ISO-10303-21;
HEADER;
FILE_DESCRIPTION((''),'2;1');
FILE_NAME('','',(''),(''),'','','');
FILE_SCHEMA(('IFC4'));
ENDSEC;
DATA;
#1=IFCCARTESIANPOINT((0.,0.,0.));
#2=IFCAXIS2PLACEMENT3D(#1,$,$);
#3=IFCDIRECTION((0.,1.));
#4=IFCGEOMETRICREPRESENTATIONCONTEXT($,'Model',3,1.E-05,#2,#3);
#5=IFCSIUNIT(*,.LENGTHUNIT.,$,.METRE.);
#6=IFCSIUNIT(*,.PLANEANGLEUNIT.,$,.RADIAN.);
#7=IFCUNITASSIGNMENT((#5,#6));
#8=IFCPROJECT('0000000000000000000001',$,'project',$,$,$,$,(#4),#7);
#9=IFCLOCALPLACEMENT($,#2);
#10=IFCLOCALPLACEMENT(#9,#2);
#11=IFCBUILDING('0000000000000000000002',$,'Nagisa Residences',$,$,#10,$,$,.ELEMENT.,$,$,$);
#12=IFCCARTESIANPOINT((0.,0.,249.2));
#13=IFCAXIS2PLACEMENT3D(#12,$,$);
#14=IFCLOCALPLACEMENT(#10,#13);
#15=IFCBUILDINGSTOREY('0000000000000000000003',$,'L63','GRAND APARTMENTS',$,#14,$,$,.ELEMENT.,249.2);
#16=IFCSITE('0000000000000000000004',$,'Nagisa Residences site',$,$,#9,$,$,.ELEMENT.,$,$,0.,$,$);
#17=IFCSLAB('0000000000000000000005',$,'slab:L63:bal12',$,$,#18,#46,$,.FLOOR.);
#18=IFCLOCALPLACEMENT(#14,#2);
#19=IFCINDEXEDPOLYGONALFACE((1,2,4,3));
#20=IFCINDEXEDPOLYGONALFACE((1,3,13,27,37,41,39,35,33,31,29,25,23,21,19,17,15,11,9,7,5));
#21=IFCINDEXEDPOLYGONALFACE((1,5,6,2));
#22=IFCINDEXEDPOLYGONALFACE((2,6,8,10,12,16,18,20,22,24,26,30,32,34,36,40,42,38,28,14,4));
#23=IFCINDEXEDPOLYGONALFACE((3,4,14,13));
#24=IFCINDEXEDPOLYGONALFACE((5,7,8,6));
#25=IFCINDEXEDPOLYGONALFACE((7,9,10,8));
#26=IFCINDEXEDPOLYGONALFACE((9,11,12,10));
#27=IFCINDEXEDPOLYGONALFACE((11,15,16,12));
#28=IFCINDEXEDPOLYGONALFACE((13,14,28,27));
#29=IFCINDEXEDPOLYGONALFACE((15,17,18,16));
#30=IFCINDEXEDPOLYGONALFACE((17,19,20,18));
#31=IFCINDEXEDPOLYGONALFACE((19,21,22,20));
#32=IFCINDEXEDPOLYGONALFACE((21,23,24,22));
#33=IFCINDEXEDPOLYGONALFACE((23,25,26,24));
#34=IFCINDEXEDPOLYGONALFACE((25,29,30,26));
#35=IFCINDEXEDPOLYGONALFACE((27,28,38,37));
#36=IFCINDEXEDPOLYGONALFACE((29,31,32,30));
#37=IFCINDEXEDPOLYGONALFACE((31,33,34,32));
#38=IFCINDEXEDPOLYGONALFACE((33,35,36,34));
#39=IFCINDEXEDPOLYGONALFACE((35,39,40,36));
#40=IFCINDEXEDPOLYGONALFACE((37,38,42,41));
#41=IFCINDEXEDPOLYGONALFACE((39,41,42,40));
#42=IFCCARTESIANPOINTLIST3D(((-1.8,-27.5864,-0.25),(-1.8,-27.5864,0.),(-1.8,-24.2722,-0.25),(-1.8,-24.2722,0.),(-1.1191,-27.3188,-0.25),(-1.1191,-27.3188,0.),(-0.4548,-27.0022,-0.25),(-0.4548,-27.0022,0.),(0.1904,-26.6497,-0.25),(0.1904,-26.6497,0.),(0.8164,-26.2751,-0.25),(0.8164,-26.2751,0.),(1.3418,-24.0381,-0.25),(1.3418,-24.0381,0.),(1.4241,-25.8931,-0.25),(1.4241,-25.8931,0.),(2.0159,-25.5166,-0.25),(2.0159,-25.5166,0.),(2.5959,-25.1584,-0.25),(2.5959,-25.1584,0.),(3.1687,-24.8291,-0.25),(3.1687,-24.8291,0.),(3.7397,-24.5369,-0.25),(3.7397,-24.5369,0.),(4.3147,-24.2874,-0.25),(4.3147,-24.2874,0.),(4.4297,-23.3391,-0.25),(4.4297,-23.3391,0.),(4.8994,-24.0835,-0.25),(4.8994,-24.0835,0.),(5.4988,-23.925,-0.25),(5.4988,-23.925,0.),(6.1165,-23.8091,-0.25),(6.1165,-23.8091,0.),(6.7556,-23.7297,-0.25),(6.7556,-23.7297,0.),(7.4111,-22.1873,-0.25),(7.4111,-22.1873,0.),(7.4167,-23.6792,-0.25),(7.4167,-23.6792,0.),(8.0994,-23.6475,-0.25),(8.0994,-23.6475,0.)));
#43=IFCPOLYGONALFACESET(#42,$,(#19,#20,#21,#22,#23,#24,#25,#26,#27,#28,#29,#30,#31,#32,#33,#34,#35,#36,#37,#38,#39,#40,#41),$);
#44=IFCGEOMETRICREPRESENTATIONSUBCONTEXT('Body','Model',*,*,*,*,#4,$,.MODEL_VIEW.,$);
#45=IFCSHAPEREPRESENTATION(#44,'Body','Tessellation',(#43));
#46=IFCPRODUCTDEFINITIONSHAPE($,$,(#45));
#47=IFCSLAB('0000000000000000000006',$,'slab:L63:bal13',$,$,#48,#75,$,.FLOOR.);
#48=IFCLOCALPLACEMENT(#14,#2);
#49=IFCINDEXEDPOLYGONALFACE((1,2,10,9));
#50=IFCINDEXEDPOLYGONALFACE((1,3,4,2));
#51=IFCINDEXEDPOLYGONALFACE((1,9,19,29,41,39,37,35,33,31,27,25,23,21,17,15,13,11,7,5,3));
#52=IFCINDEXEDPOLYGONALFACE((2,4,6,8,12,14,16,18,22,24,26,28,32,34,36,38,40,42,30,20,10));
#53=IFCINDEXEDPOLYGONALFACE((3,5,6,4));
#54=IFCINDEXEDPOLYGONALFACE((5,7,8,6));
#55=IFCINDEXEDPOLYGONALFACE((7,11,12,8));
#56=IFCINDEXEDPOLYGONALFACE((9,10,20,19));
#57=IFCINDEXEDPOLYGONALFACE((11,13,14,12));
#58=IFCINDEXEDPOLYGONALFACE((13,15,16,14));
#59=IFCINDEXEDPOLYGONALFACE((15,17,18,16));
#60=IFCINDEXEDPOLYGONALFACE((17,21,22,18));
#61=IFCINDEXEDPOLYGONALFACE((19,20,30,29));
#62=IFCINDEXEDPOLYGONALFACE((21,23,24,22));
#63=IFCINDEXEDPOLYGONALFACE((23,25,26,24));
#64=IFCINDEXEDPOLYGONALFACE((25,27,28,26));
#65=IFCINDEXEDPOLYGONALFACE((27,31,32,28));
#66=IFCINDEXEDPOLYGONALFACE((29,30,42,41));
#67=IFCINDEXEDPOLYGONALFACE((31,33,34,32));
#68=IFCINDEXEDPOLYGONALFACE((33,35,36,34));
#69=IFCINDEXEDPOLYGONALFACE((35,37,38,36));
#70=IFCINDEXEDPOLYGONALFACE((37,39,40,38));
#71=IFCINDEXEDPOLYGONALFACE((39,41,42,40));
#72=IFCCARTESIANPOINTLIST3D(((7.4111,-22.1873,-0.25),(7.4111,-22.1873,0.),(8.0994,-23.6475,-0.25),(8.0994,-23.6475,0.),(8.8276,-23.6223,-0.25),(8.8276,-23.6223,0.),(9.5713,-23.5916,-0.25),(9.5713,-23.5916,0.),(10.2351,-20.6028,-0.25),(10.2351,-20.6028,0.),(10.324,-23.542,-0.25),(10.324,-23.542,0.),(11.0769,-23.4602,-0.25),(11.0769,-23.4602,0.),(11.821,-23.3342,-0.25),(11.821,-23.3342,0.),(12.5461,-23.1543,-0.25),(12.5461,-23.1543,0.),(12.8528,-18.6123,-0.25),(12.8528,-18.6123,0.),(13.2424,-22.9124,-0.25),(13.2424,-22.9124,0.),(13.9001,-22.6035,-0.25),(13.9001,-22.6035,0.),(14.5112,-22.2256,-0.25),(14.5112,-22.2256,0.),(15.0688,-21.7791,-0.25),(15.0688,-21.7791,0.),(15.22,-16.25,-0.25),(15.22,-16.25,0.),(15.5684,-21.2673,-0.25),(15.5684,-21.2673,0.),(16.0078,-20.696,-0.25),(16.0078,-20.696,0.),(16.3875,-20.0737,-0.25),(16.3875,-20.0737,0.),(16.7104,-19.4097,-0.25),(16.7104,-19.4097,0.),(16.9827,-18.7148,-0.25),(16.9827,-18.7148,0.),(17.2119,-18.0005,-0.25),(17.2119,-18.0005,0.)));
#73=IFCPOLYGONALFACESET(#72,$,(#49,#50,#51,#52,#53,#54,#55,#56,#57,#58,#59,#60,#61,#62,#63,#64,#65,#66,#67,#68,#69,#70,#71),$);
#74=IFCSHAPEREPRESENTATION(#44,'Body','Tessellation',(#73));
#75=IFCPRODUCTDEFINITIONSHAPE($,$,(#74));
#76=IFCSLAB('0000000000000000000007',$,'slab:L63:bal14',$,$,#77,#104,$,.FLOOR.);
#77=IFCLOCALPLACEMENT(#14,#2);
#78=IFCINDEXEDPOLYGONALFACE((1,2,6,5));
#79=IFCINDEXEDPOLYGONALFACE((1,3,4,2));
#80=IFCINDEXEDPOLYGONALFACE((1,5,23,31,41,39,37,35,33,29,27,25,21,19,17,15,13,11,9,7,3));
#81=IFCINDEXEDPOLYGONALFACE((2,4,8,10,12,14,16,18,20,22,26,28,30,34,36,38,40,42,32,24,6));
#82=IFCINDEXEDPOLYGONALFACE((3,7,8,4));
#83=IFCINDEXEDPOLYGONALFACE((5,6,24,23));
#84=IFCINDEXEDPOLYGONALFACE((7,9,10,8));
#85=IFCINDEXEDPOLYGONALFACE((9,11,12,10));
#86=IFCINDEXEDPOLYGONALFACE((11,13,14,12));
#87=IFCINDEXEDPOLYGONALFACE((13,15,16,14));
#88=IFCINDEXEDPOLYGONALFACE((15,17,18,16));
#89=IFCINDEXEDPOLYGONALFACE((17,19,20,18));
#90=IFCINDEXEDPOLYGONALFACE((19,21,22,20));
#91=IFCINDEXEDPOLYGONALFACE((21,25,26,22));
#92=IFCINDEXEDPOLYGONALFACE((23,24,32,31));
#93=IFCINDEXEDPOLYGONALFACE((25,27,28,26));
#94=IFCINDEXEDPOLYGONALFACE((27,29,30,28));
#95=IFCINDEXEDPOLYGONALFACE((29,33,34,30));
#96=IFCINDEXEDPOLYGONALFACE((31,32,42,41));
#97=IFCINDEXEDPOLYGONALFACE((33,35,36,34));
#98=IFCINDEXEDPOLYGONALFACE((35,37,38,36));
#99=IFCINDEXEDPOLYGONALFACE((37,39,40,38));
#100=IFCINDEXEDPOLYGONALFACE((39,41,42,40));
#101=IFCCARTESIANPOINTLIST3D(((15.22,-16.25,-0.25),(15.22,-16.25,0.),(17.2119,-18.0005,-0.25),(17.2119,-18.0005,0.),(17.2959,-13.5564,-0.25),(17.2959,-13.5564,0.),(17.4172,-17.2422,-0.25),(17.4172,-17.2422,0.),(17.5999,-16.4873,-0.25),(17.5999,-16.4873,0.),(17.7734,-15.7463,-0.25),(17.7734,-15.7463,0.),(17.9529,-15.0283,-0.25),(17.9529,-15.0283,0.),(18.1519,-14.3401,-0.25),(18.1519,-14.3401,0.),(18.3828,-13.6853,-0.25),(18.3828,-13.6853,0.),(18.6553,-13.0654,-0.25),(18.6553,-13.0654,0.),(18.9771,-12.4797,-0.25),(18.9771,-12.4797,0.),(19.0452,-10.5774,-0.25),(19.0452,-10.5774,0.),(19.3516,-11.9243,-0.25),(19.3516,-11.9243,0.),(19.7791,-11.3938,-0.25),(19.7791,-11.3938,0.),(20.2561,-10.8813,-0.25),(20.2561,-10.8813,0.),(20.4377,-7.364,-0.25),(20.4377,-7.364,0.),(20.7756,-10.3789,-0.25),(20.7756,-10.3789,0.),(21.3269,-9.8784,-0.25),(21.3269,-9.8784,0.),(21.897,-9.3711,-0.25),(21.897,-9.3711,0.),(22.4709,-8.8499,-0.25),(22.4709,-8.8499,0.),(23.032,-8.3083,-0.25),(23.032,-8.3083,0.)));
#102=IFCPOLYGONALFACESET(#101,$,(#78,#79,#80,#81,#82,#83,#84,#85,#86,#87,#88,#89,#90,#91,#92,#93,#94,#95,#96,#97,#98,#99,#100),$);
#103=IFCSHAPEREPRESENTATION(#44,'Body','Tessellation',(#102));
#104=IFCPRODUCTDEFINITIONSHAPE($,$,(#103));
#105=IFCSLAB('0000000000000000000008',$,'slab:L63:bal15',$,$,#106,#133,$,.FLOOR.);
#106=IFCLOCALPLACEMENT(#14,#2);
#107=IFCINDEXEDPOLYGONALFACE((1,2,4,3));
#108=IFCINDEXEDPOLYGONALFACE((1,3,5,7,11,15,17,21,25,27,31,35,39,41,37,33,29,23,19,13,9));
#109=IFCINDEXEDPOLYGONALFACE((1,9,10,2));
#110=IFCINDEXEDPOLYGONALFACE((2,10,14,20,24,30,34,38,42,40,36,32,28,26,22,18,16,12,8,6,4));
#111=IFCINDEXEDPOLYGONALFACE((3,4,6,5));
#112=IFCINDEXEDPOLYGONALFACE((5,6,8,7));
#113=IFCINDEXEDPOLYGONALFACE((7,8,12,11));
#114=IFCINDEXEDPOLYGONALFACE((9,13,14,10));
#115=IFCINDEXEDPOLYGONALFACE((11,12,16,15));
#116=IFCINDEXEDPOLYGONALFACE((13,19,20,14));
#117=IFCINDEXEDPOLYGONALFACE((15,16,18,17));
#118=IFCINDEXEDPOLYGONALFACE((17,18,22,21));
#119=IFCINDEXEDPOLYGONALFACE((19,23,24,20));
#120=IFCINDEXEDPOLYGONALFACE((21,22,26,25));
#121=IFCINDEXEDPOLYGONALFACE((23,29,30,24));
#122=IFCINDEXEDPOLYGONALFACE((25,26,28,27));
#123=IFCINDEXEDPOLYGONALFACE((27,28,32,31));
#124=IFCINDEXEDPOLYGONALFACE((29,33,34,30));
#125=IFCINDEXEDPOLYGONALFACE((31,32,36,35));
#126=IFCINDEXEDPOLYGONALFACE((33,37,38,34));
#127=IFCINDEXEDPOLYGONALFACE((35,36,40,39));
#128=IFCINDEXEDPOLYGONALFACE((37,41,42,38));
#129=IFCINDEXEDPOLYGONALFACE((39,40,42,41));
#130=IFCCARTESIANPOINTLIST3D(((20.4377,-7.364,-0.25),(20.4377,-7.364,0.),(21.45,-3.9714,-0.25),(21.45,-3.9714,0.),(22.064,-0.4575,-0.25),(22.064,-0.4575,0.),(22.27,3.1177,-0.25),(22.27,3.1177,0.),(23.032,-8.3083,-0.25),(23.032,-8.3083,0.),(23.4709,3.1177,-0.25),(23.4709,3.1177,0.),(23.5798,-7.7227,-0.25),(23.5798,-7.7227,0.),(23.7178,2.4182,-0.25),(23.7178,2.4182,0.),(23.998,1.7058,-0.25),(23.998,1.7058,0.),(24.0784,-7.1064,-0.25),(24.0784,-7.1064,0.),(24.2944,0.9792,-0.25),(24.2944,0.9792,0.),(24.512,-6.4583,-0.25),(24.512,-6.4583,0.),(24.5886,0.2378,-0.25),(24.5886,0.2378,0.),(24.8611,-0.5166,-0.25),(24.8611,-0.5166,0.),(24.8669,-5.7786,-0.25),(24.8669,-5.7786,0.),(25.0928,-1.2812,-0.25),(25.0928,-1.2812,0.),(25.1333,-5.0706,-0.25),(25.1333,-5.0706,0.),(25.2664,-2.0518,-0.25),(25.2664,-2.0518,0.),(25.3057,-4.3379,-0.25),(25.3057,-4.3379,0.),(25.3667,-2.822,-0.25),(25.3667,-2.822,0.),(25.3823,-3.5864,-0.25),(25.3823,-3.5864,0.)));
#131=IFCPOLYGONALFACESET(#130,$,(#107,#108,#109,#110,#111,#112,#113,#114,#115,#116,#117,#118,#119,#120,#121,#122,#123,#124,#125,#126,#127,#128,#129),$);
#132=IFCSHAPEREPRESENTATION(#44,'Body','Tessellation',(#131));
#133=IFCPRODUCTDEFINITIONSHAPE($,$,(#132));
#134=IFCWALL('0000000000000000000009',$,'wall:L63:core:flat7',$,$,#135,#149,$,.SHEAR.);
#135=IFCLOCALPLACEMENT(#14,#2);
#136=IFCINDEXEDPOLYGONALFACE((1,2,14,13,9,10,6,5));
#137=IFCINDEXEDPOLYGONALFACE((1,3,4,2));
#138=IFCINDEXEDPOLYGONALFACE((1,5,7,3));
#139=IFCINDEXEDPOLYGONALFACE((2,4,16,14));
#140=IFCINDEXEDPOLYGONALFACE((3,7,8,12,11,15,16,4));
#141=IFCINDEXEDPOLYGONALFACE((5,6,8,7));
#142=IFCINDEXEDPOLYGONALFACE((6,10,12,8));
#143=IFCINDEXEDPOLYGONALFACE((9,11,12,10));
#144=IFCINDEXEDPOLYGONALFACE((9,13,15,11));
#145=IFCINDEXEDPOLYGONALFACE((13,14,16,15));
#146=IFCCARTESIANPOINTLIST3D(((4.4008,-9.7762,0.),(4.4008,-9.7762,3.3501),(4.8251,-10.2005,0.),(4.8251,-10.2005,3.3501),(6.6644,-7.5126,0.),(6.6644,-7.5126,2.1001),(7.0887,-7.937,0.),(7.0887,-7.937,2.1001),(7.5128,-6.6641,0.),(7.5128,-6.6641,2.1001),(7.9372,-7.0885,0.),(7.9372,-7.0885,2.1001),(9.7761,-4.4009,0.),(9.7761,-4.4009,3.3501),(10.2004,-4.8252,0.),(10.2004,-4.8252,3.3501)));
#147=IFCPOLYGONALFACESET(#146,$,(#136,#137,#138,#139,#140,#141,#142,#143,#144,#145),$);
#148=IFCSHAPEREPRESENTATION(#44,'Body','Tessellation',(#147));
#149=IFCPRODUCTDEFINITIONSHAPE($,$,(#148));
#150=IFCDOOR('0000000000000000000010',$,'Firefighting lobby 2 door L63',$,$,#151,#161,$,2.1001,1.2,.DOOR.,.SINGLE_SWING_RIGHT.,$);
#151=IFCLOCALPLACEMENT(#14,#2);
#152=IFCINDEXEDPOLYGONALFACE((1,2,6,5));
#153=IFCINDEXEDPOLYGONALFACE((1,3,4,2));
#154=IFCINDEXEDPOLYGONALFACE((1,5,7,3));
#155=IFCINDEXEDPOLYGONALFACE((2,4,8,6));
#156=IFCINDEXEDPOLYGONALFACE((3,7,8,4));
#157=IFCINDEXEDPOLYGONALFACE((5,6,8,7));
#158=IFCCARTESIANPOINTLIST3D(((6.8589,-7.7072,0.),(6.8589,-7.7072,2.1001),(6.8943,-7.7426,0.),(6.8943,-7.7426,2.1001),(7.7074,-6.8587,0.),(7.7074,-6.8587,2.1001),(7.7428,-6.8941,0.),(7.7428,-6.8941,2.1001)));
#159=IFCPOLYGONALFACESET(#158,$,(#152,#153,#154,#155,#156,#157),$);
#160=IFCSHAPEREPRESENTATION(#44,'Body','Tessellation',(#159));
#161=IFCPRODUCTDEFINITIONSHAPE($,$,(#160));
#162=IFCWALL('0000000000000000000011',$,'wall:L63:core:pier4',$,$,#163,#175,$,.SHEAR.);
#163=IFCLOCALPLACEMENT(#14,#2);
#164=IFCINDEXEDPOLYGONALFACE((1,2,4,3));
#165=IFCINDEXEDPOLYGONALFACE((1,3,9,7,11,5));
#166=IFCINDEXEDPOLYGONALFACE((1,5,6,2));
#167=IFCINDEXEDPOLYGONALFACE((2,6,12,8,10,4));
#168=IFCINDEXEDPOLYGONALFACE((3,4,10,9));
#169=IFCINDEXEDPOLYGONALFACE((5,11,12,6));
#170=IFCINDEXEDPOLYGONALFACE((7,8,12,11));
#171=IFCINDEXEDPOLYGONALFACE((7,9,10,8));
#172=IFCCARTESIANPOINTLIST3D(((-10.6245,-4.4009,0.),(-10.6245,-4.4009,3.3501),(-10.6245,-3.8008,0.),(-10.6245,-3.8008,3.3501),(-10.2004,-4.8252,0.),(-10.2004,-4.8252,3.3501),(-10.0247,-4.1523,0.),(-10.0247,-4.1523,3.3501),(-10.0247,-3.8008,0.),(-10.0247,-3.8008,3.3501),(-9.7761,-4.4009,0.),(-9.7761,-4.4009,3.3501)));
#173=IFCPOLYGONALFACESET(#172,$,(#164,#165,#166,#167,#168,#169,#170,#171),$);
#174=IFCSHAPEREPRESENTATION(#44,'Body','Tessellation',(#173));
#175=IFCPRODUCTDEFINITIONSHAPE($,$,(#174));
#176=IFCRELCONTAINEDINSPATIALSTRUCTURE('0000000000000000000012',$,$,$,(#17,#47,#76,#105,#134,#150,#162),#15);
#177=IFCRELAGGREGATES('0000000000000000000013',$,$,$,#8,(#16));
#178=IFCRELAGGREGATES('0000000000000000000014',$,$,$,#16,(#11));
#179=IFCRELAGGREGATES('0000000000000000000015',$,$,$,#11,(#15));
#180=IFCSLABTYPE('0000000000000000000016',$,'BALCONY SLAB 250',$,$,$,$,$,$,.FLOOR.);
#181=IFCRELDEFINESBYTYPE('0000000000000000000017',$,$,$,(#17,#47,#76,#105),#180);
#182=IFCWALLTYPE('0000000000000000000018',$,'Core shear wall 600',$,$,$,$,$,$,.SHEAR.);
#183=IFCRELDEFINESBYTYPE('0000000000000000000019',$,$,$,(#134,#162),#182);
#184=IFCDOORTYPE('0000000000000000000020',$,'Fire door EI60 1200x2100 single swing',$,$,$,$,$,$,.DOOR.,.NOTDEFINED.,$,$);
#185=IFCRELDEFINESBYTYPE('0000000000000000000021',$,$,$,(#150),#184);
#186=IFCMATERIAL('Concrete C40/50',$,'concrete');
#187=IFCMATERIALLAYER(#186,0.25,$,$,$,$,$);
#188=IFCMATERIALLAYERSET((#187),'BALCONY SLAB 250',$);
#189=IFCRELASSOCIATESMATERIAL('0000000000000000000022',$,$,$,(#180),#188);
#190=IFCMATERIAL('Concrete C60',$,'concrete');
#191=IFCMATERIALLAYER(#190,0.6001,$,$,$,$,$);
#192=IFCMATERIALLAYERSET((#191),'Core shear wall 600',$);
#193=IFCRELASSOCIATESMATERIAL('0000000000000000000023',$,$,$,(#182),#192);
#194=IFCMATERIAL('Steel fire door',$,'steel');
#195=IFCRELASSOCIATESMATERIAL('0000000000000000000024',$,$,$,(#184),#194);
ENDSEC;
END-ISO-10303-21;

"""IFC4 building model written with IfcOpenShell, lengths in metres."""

from ifc_helpers import new_model, si_unit, direction, frame, frame_2d, origin, place, context, subcontext, project, spatial, polyline, rectangle, outline, extrude, material, layer, layer_set, type_object, element, fill, save


model = new_model("IFC4")

# Units and contexts
model_context = context("Model", 3, precision=1e-05, world=origin(), true_north=direction((0.0, 1.0)))
body_context = subcontext(model_context, "Body", "Model", "MODEL_VIEW")
ifc_project = project(units=[si_unit("LENGTHUNIT", "METRE"), si_unit("PLANEANGLEUNIT", "RADIAN")], contexts=[model_context])

# Site, building, storey
site_placement = place(None, origin())
site = spatial("IfcSite", under=ifc_project, at=site_placement, Name="Nagisa Residences site", CompositionType="ELEMENT", RefElevation=0.0)
building_placement = place(site_placement, origin())
building = spatial("IfcBuilding", under=site, at=building_placement, Name="Nagisa Residences", CompositionType="ELEMENT")
storey_placement = place(building_placement, frame((0.0, 0.0, 249.2)))
storey = spatial("IfcBuildingStorey", under=building, at=storey_placement, Name="L63", Description="GRAND APARTMENTS", CompositionType="ELEMENT", Elevation=249.2)

# Slabs
ifc_material_1 = material(Name="Concrete C40/50", Category="concrete")
ifc_layer_1 = layer(ifc_material_1, 0.25)
ifc_layer_set_1 = layer_set([ifc_layer_1], Name="BALCONY SLAB 250")
slab_type = type_object("IfcSlabType", Name="BALCONY SLAB 250", PredefinedType="FLOOR", material=ifc_layer_set_1)
slab_1_placement = place(storey_placement, frame((0.0, 0.0, -0.25)))
element("IfcSlab", 1, at=slab_1_placement, inside=storey, type_object=slab_type, Name="slab:L63:bal12", PredefinedType="FLOOR", context=body_context, shape_type="SweptSolid", body=[
    extrude(outline(polyline([(-1.8, -27.5864), (-1.1191, -27.3188), (-0.4548, -27.0022), (0.1904, -26.6497), (0.8164, -26.2751), (1.4241, -25.8931), (2.0159, -25.5166), (2.5959, -25.1584), (3.1687, -24.8291), (3.7397, -24.5369), (4.3147, -24.2874), (4.8994, -24.0835), (5.4988, -23.925), (6.1165, -23.8091), (6.7556, -23.7297), (7.4167, -23.6792), (8.0994, -23.6475), (7.4111, -22.1873), (4.4297, -23.3391), (1.3418, -24.0381), (-1.8, -24.2722), (-1.8, -27.5864)])), origin(), (0.0, 0.0, 1.0), 0.25),
])
slab_2_placement = place(storey_placement, frame((0.0, 0.0, -0.25)))
element("IfcSlab", 2, at=slab_2_placement, inside=storey, type_object=slab_type, Name="slab:L63:bal13", PredefinedType="FLOOR", context=body_context, shape_type="SweptSolid", body=[
    extrude(outline(polyline([(8.0994, -23.6475), (8.8276, -23.6223), (9.5713, -23.5916), (10.324, -23.542), (11.0769, -23.4602), (11.821, -23.3342), (12.5461, -23.1543), (13.2424, -22.9124), (13.9001, -22.6035), (14.5112, -22.2256), (15.0688, -21.7791), (15.5684, -21.2673), (16.0078, -20.696), (16.3875, -20.0737), (16.7104, -19.4097), (16.9827, -18.7148), (17.2119, -18.0005), (15.22, -16.25), (12.8528, -18.6123), (10.2351, -20.6028), (7.4111, -22.1873), (8.0994, -23.6475)])), origin(), (0.0, 0.0, 1.0), 0.25),
])
slab_3_placement = place(storey_placement, frame((0.0, 0.0, -0.25)))
element("IfcSlab", 3, at=slab_3_placement, inside=storey, type_object=slab_type, Name="slab:L63:bal14", PredefinedType="FLOOR", context=body_context, shape_type="SweptSolid", body=[
    extrude(outline(polyline([(17.2119, -18.0005), (17.4172, -17.2422), (17.5999, -16.4873), (17.7734, -15.7463), (17.9529, -15.0283), (18.1519, -14.3401), (18.3828, -13.6853), (18.6553, -13.0654), (18.9771, -12.4797), (19.3516, -11.9243), (19.7791, -11.3938), (20.2561, -10.8813), (20.7756, -10.3789), (21.3269, -9.8784), (21.897, -9.3711), (22.4709, -8.8499), (23.032, -8.3083), (20.4377, -7.364), (19.0452, -10.5774), (17.2959, -13.5564), (15.22, -16.25), (17.2119, -18.0005)])), origin(), (0.0, 0.0, 1.0), 0.25),
])
slab_4_placement = place(storey_placement, frame((0.0, 0.0, -0.25)))
element("IfcSlab", 4, at=slab_4_placement, inside=storey, type_object=slab_type, Name="slab:L63:bal15", PredefinedType="FLOOR", context=body_context, shape_type="SweptSolid", body=[
    extrude(outline(polyline([(23.032, -8.3083), (23.5798, -7.7227), (24.0784, -7.1064), (24.512, -6.4583), (24.8669, -5.7786), (25.1333, -5.0706), (25.3057, -4.3379), (25.3823, -3.5864), (25.3667, -2.822), (25.2664, -2.0518), (25.0928, -1.2812), (24.8611, -0.5166), (24.5886, 0.2378), (24.2944, 0.9792), (23.998, 1.7058), (23.7178, 2.4182), (23.4709, 3.1177), (22.27, 3.1177), (22.064, -0.4575), (21.45, -3.9714), (20.4377, -7.364), (23.032, -8.3083)])), origin(), (0.0, 0.0, 1.0), 0.25),
])

# Wall, opening, door
ifc_material_2 = material(Name="Concrete C60", Category="concrete")
ifc_layer_2 = layer(ifc_material_2, 0.6001)
ifc_layer_set_2 = layer_set([ifc_layer_2], Name="Core shear wall 600")
wall_type_1 = type_object("IfcWallType", Name="Core shear wall 600", PredefinedType="SHEAR", material=ifc_layer_set_2)
wall_1_placement = place(storey_placement, frame((4.613, -9.9883, 0.0), z_axis=(0.0, 0.0, 1.0), x_axis=(0.707107, 0.707107, 0.0)))
wall_1 = element("IfcWall", 5, at=wall_1_placement, inside=storey, type_object=wall_type_1, Name="wall:L63:core:flat7", PredefinedType="SHEAR", context=body_context, shape_type="SweptSolid", body=[
    extrude(rectangle(XDim=7.6018, YDim=0.6001, at=frame_2d((3.8008, 0.0))), origin(), (0.0, 0.0, 1.0), 3.3501),
])
opening_1_placement = place(wall_1_placement, frame((3.2009, 0.0, 0.0)))
opening_1 = element("IfcOpeningElement", 6, at=opening_1_placement, cuts=wall_1, PredefinedType="OPENING", context=body_context, shape_type="SweptSolid", body=[
    extrude(rectangle(XDim=1.2, YDim=2.1001, at=frame_2d((0.6001, 1.05))), frame((0.0, 0.3101, 0.0), z_axis=(0.0, -1.0, 0.0), x_axis=(1.0, 0.0, 0.0)), (0.0, 0.0, 1.0), 0.6201),
])
ifc_material_3 = material(Name="Steel fire door", Category="steel")
door_type_1 = type_object("IfcDoorType", Name="Fire door EI60 1200x2100 single swing", OperationType="NOTDEFINED", PredefinedType="DOOR", material=ifc_material_3)
door_1_placement = place(opening_1_placement, origin())
door_1 = element("IfcDoor", 7, at=door_1_placement, inside=storey, type_object=door_type_1, Name="Firefighting lobby 2 door L63", OperationType="SINGLE_SWING_RIGHT", OverallHeight=2.1001, OverallWidth=1.2, PredefinedType="DOOR", context=body_context, shape_type="SweptSolid", body=[
    extrude(rectangle(XDim=1.2, YDim=2.1001, at=frame_2d((0.6001, 1.05))), frame((0.0, 0.0249, 0.0), z_axis=(0.0, -1.0, 0.0), x_axis=(1.0, 0.0, 0.0)), (0.0, 0.0, 1.0), 0.05),
])
fill(opening_1, door_1)

# Wall
wall_2_placement = place(storey_placement, origin())
element("IfcWall", 8, at=wall_2_placement, inside=storey, type_object=wall_type_1, Name="wall:L63:core:pier4", PredefinedType="SHEAR", context=body_context, shape_type="SweptSolid", body=[
    extrude(outline(polyline([(-10.6245, -3.8008), (-10.0247, -3.8008), (-10.0247, -4.1523), (-9.7761, -4.4009), (-10.2004, -4.8252), (-10.6245, -4.4009), (-10.6245, -3.8008)])), origin(), (0.0, 0.0, 1.0), 3.3501),
])

save(model, "model.ifc")
